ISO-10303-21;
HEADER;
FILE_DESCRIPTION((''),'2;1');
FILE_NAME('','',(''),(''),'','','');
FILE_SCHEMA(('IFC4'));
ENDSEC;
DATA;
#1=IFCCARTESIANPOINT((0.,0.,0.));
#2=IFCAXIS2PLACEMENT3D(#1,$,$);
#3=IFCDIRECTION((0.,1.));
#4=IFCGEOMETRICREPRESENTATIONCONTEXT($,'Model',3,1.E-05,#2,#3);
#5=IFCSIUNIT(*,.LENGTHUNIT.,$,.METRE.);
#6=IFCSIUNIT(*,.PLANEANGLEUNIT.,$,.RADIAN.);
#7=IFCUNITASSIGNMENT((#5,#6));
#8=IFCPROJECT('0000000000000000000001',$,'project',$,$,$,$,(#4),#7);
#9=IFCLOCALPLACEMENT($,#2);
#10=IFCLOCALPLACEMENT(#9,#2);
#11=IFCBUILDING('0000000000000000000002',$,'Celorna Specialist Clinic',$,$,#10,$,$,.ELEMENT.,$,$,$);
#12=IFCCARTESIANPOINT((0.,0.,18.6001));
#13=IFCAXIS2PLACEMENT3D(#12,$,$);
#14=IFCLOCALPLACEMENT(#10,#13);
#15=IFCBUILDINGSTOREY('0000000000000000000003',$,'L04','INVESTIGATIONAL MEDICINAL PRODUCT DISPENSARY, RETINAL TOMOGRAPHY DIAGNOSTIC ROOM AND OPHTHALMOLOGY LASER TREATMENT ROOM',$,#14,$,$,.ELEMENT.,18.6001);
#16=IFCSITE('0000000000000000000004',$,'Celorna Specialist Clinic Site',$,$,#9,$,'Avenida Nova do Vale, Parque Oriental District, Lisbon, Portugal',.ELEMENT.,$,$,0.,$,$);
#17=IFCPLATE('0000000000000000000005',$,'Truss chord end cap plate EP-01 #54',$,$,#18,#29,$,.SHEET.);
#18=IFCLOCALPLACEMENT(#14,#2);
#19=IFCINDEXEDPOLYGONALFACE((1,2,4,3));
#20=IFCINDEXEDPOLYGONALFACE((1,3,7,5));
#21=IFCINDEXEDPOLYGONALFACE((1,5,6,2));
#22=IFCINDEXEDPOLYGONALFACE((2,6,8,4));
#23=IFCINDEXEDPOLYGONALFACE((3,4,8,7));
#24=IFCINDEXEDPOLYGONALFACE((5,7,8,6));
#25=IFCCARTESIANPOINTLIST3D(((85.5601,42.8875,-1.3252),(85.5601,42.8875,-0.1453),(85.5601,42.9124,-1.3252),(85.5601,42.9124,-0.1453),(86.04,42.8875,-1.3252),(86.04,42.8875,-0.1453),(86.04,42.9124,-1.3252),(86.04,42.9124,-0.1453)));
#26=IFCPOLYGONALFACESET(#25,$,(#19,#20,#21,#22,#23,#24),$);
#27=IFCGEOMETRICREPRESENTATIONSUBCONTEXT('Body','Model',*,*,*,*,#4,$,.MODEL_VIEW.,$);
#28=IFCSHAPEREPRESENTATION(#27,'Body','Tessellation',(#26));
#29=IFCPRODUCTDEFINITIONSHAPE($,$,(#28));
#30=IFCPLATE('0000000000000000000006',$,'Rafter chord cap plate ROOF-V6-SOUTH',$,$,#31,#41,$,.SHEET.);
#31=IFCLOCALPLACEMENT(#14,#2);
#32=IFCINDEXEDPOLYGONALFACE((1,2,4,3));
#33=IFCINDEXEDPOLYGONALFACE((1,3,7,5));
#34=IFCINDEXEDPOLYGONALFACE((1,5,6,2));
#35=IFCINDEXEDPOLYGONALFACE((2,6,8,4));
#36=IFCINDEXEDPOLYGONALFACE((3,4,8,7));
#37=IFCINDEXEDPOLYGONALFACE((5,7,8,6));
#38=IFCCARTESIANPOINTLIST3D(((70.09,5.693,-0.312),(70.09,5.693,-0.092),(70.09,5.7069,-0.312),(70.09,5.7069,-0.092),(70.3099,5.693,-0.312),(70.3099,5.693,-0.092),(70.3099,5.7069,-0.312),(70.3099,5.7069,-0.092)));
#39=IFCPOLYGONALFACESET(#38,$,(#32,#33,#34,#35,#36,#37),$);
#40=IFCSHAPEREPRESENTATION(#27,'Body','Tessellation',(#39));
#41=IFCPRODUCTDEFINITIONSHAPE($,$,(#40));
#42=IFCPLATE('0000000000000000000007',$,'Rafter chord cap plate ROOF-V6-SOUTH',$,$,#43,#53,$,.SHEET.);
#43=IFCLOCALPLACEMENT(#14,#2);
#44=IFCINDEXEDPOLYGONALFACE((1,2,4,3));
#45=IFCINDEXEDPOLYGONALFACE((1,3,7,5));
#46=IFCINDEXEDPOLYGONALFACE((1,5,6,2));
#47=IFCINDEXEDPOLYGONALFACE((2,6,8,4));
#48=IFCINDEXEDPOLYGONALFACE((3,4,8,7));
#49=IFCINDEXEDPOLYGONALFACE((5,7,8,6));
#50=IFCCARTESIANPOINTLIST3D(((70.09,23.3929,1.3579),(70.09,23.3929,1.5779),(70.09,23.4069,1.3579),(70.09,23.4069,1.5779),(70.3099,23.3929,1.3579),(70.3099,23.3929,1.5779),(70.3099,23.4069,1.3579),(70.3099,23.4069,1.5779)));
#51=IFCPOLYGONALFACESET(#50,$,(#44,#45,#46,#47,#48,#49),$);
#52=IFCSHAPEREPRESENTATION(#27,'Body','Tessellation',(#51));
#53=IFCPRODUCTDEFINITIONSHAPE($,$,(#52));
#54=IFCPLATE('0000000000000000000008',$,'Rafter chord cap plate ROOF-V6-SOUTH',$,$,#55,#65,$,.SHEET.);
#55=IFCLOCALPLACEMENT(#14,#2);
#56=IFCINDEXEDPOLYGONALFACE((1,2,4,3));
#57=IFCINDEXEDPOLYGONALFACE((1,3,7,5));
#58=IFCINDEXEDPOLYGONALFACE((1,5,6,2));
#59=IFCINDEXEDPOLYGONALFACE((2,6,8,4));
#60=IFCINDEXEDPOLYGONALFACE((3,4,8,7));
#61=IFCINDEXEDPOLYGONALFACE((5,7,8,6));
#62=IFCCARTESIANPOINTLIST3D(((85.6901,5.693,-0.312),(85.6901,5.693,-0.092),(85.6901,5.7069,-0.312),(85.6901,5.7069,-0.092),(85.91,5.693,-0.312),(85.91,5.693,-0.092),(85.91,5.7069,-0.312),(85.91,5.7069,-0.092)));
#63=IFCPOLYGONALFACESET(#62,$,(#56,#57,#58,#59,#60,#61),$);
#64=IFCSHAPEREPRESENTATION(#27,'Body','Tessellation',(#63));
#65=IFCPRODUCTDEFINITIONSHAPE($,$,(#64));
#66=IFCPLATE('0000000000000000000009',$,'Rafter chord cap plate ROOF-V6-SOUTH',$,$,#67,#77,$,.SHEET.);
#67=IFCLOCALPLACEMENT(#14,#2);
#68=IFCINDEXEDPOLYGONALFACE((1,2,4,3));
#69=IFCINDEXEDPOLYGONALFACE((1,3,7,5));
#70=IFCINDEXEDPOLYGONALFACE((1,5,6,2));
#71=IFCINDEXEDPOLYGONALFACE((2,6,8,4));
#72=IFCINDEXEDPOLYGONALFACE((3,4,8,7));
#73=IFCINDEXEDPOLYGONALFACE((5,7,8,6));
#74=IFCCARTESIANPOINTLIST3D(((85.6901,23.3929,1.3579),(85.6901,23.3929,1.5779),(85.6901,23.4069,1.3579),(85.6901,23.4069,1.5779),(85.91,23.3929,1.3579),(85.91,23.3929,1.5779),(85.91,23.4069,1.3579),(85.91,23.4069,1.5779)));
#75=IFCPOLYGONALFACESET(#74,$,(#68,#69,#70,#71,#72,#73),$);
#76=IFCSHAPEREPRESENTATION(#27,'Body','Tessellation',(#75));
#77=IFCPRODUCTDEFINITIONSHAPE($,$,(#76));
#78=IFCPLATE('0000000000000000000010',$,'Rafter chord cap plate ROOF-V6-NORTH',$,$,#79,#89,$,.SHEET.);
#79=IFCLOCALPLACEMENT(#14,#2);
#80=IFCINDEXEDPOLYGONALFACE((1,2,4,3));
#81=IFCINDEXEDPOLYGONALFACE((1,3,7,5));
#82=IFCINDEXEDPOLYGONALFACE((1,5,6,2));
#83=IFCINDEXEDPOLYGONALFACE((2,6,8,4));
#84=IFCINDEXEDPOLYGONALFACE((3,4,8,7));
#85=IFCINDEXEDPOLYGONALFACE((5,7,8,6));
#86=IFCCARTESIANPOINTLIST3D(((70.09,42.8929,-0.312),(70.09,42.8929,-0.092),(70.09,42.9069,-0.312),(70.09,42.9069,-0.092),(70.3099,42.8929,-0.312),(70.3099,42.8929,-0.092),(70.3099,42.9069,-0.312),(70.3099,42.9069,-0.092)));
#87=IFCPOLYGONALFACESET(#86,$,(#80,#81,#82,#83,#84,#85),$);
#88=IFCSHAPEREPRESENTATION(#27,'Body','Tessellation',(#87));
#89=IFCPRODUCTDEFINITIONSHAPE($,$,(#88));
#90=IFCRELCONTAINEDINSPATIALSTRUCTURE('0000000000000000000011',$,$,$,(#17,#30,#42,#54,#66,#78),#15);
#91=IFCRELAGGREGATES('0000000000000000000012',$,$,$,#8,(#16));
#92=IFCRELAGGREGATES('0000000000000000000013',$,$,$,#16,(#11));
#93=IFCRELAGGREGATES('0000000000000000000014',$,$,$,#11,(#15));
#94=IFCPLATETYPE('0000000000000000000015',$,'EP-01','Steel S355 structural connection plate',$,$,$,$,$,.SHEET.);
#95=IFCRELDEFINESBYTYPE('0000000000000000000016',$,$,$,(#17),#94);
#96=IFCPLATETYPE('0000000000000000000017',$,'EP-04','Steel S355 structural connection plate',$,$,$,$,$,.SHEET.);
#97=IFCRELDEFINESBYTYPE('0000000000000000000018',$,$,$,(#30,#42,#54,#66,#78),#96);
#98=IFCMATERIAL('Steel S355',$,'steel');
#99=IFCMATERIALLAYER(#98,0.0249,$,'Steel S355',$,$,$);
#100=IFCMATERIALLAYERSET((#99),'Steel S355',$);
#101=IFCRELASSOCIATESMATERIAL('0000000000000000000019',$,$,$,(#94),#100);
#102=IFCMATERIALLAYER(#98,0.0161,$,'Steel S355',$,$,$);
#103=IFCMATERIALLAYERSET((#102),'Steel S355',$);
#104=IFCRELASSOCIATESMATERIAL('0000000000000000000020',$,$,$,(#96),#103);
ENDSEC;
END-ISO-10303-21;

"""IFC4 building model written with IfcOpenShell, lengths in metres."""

from ifc_helpers import new_model, si_unit, direction, frame, origin, origin_2d, place, context, subcontext, project, spatial, rectangle, extrude, material, layer, layer_set, type_object, element, save


model = new_model("IFC4")

# Units and contexts
model_context = context("Model", 3, precision=1e-05, world=origin(), true_north=direction((0.0, 1.0)))
body_context = subcontext(model_context, "Body", "Model", "MODEL_VIEW")
ifc_project = project(units=[si_unit("LENGTHUNIT", "METRE"), si_unit("PLANEANGLEUNIT", "RADIAN")], contexts=[model_context])

# Site, building, storey
site_placement = place(None, origin())
site = spatial("IfcSite", under=ifc_project, at=site_placement, Name="Celorna Specialist Clinic Site", LongName="Avenida Nova do Vale, Parque Oriental District, Lisbon, Portugal", CompositionType="ELEMENT", RefElevation=0.0)
building_placement = place(site_placement, origin())
building = spatial("IfcBuilding", under=site, at=building_placement, Name="Celorna Specialist Clinic", CompositionType="ELEMENT")
storey_placement = place(building_placement, frame((0.0, 0.0, 18.6001)))
storey = spatial("IfcBuildingStorey", under=building, at=storey_placement, Name="L04", Description="INVESTIGATIONAL MEDICINAL PRODUCT DISPENSARY, RETINAL TOMOGRAPHY DIAGNOSTIC ROOM AND OPHTHALMOLOGY LASER TREATMENT ROOM", CompositionType="ELEMENT", Elevation=18.6001)

# Shared definitions
ifc_material = material(Name="Steel S355", Category="steel")

# Plates
ifc_layer_1 = layer(ifc_material, 0.0249, Name="Steel S355")
ifc_layer_set_1 = layer_set([ifc_layer_1], Name="Steel S355")
plate_type_1 = type_object("IfcPlateType", Name="EP-01", Description="Steel S355 structural connection plate", PredefinedType="SHEET", material=ifc_layer_set_1)
for number, where, z_axis, x_axis, name in (
    (1, (85.8, 42.8999, -1.3252), (0.0, 0.0, 1.0), (1.0, 0.0, 0.0), "Truss chord end cap plate EP-01 #54"),
):
    element("IfcPlate", number, at=place(storey_placement, frame(where, z_axis=z_axis, x_axis=x_axis)), inside=storey, type_object=plate_type_1, Name=name, PredefinedType="SHEET", context=body_context, shape_type="SweptSolid", body=[
        extrude(rectangle(XDim=0.48, YDim=0.0249, at=origin_2d()), origin(), (0.0, 0.0, 1.0), 1.1799),
    ])
ifc_layer_2 = layer(ifc_material, 0.0161, Name="Steel S355")
ifc_layer_set_2 = layer_set([ifc_layer_2], Name="Steel S355")
plate_type_2 = type_object("IfcPlateType", Name="EP-04", Description="Steel S355 structural connection plate", PredefinedType="SHEET", material=ifc_layer_set_2)
for number, where, z_axis, x_axis, name in (
    (2, (70.2, 5.7, -0.312), (0.0, 0.0, 1.0), (1.0, 0.0, 0.0), "Rafter chord cap plate ROOF-V6-SOUTH"),
    (3, (70.2, 23.3999, 1.3579), (0.0, 0.0, 1.0), (1.0, 0.0, 0.0), "Rafter chord cap plate ROOF-V6-SOUTH"),
    (4, (85.8, 5.7, -0.312), (0.0, 0.0, 1.0), (1.0, 0.0, 0.0), "Rafter chord cap plate ROOF-V6-SOUTH"),
    (5, (85.8, 23.3999, 1.3579), (0.0, 0.0, 1.0), (1.0, 0.0, 0.0), "Rafter chord cap plate ROOF-V6-SOUTH"),
    (6, (70.2, 42.8999, -0.312), (0.0, 0.0, 1.0), (1.0, 0.0, 0.0), "Rafter chord cap plate ROOF-V6-NORTH"),
):
    element("IfcPlate", number, at=place(storey_placement, frame(where, z_axis=z_axis, x_axis=x_axis)), inside=storey, type_object=plate_type_2, Name=name, PredefinedType="SHEET", context=body_context, shape_type="SweptSolid", body=[
        extrude(rectangle(XDim=0.22, YDim=0.0139, at=origin_2d()), origin(), (0.0, 0.0, 1.0), 0.22),
    ])

save(model, "model.ifc")
